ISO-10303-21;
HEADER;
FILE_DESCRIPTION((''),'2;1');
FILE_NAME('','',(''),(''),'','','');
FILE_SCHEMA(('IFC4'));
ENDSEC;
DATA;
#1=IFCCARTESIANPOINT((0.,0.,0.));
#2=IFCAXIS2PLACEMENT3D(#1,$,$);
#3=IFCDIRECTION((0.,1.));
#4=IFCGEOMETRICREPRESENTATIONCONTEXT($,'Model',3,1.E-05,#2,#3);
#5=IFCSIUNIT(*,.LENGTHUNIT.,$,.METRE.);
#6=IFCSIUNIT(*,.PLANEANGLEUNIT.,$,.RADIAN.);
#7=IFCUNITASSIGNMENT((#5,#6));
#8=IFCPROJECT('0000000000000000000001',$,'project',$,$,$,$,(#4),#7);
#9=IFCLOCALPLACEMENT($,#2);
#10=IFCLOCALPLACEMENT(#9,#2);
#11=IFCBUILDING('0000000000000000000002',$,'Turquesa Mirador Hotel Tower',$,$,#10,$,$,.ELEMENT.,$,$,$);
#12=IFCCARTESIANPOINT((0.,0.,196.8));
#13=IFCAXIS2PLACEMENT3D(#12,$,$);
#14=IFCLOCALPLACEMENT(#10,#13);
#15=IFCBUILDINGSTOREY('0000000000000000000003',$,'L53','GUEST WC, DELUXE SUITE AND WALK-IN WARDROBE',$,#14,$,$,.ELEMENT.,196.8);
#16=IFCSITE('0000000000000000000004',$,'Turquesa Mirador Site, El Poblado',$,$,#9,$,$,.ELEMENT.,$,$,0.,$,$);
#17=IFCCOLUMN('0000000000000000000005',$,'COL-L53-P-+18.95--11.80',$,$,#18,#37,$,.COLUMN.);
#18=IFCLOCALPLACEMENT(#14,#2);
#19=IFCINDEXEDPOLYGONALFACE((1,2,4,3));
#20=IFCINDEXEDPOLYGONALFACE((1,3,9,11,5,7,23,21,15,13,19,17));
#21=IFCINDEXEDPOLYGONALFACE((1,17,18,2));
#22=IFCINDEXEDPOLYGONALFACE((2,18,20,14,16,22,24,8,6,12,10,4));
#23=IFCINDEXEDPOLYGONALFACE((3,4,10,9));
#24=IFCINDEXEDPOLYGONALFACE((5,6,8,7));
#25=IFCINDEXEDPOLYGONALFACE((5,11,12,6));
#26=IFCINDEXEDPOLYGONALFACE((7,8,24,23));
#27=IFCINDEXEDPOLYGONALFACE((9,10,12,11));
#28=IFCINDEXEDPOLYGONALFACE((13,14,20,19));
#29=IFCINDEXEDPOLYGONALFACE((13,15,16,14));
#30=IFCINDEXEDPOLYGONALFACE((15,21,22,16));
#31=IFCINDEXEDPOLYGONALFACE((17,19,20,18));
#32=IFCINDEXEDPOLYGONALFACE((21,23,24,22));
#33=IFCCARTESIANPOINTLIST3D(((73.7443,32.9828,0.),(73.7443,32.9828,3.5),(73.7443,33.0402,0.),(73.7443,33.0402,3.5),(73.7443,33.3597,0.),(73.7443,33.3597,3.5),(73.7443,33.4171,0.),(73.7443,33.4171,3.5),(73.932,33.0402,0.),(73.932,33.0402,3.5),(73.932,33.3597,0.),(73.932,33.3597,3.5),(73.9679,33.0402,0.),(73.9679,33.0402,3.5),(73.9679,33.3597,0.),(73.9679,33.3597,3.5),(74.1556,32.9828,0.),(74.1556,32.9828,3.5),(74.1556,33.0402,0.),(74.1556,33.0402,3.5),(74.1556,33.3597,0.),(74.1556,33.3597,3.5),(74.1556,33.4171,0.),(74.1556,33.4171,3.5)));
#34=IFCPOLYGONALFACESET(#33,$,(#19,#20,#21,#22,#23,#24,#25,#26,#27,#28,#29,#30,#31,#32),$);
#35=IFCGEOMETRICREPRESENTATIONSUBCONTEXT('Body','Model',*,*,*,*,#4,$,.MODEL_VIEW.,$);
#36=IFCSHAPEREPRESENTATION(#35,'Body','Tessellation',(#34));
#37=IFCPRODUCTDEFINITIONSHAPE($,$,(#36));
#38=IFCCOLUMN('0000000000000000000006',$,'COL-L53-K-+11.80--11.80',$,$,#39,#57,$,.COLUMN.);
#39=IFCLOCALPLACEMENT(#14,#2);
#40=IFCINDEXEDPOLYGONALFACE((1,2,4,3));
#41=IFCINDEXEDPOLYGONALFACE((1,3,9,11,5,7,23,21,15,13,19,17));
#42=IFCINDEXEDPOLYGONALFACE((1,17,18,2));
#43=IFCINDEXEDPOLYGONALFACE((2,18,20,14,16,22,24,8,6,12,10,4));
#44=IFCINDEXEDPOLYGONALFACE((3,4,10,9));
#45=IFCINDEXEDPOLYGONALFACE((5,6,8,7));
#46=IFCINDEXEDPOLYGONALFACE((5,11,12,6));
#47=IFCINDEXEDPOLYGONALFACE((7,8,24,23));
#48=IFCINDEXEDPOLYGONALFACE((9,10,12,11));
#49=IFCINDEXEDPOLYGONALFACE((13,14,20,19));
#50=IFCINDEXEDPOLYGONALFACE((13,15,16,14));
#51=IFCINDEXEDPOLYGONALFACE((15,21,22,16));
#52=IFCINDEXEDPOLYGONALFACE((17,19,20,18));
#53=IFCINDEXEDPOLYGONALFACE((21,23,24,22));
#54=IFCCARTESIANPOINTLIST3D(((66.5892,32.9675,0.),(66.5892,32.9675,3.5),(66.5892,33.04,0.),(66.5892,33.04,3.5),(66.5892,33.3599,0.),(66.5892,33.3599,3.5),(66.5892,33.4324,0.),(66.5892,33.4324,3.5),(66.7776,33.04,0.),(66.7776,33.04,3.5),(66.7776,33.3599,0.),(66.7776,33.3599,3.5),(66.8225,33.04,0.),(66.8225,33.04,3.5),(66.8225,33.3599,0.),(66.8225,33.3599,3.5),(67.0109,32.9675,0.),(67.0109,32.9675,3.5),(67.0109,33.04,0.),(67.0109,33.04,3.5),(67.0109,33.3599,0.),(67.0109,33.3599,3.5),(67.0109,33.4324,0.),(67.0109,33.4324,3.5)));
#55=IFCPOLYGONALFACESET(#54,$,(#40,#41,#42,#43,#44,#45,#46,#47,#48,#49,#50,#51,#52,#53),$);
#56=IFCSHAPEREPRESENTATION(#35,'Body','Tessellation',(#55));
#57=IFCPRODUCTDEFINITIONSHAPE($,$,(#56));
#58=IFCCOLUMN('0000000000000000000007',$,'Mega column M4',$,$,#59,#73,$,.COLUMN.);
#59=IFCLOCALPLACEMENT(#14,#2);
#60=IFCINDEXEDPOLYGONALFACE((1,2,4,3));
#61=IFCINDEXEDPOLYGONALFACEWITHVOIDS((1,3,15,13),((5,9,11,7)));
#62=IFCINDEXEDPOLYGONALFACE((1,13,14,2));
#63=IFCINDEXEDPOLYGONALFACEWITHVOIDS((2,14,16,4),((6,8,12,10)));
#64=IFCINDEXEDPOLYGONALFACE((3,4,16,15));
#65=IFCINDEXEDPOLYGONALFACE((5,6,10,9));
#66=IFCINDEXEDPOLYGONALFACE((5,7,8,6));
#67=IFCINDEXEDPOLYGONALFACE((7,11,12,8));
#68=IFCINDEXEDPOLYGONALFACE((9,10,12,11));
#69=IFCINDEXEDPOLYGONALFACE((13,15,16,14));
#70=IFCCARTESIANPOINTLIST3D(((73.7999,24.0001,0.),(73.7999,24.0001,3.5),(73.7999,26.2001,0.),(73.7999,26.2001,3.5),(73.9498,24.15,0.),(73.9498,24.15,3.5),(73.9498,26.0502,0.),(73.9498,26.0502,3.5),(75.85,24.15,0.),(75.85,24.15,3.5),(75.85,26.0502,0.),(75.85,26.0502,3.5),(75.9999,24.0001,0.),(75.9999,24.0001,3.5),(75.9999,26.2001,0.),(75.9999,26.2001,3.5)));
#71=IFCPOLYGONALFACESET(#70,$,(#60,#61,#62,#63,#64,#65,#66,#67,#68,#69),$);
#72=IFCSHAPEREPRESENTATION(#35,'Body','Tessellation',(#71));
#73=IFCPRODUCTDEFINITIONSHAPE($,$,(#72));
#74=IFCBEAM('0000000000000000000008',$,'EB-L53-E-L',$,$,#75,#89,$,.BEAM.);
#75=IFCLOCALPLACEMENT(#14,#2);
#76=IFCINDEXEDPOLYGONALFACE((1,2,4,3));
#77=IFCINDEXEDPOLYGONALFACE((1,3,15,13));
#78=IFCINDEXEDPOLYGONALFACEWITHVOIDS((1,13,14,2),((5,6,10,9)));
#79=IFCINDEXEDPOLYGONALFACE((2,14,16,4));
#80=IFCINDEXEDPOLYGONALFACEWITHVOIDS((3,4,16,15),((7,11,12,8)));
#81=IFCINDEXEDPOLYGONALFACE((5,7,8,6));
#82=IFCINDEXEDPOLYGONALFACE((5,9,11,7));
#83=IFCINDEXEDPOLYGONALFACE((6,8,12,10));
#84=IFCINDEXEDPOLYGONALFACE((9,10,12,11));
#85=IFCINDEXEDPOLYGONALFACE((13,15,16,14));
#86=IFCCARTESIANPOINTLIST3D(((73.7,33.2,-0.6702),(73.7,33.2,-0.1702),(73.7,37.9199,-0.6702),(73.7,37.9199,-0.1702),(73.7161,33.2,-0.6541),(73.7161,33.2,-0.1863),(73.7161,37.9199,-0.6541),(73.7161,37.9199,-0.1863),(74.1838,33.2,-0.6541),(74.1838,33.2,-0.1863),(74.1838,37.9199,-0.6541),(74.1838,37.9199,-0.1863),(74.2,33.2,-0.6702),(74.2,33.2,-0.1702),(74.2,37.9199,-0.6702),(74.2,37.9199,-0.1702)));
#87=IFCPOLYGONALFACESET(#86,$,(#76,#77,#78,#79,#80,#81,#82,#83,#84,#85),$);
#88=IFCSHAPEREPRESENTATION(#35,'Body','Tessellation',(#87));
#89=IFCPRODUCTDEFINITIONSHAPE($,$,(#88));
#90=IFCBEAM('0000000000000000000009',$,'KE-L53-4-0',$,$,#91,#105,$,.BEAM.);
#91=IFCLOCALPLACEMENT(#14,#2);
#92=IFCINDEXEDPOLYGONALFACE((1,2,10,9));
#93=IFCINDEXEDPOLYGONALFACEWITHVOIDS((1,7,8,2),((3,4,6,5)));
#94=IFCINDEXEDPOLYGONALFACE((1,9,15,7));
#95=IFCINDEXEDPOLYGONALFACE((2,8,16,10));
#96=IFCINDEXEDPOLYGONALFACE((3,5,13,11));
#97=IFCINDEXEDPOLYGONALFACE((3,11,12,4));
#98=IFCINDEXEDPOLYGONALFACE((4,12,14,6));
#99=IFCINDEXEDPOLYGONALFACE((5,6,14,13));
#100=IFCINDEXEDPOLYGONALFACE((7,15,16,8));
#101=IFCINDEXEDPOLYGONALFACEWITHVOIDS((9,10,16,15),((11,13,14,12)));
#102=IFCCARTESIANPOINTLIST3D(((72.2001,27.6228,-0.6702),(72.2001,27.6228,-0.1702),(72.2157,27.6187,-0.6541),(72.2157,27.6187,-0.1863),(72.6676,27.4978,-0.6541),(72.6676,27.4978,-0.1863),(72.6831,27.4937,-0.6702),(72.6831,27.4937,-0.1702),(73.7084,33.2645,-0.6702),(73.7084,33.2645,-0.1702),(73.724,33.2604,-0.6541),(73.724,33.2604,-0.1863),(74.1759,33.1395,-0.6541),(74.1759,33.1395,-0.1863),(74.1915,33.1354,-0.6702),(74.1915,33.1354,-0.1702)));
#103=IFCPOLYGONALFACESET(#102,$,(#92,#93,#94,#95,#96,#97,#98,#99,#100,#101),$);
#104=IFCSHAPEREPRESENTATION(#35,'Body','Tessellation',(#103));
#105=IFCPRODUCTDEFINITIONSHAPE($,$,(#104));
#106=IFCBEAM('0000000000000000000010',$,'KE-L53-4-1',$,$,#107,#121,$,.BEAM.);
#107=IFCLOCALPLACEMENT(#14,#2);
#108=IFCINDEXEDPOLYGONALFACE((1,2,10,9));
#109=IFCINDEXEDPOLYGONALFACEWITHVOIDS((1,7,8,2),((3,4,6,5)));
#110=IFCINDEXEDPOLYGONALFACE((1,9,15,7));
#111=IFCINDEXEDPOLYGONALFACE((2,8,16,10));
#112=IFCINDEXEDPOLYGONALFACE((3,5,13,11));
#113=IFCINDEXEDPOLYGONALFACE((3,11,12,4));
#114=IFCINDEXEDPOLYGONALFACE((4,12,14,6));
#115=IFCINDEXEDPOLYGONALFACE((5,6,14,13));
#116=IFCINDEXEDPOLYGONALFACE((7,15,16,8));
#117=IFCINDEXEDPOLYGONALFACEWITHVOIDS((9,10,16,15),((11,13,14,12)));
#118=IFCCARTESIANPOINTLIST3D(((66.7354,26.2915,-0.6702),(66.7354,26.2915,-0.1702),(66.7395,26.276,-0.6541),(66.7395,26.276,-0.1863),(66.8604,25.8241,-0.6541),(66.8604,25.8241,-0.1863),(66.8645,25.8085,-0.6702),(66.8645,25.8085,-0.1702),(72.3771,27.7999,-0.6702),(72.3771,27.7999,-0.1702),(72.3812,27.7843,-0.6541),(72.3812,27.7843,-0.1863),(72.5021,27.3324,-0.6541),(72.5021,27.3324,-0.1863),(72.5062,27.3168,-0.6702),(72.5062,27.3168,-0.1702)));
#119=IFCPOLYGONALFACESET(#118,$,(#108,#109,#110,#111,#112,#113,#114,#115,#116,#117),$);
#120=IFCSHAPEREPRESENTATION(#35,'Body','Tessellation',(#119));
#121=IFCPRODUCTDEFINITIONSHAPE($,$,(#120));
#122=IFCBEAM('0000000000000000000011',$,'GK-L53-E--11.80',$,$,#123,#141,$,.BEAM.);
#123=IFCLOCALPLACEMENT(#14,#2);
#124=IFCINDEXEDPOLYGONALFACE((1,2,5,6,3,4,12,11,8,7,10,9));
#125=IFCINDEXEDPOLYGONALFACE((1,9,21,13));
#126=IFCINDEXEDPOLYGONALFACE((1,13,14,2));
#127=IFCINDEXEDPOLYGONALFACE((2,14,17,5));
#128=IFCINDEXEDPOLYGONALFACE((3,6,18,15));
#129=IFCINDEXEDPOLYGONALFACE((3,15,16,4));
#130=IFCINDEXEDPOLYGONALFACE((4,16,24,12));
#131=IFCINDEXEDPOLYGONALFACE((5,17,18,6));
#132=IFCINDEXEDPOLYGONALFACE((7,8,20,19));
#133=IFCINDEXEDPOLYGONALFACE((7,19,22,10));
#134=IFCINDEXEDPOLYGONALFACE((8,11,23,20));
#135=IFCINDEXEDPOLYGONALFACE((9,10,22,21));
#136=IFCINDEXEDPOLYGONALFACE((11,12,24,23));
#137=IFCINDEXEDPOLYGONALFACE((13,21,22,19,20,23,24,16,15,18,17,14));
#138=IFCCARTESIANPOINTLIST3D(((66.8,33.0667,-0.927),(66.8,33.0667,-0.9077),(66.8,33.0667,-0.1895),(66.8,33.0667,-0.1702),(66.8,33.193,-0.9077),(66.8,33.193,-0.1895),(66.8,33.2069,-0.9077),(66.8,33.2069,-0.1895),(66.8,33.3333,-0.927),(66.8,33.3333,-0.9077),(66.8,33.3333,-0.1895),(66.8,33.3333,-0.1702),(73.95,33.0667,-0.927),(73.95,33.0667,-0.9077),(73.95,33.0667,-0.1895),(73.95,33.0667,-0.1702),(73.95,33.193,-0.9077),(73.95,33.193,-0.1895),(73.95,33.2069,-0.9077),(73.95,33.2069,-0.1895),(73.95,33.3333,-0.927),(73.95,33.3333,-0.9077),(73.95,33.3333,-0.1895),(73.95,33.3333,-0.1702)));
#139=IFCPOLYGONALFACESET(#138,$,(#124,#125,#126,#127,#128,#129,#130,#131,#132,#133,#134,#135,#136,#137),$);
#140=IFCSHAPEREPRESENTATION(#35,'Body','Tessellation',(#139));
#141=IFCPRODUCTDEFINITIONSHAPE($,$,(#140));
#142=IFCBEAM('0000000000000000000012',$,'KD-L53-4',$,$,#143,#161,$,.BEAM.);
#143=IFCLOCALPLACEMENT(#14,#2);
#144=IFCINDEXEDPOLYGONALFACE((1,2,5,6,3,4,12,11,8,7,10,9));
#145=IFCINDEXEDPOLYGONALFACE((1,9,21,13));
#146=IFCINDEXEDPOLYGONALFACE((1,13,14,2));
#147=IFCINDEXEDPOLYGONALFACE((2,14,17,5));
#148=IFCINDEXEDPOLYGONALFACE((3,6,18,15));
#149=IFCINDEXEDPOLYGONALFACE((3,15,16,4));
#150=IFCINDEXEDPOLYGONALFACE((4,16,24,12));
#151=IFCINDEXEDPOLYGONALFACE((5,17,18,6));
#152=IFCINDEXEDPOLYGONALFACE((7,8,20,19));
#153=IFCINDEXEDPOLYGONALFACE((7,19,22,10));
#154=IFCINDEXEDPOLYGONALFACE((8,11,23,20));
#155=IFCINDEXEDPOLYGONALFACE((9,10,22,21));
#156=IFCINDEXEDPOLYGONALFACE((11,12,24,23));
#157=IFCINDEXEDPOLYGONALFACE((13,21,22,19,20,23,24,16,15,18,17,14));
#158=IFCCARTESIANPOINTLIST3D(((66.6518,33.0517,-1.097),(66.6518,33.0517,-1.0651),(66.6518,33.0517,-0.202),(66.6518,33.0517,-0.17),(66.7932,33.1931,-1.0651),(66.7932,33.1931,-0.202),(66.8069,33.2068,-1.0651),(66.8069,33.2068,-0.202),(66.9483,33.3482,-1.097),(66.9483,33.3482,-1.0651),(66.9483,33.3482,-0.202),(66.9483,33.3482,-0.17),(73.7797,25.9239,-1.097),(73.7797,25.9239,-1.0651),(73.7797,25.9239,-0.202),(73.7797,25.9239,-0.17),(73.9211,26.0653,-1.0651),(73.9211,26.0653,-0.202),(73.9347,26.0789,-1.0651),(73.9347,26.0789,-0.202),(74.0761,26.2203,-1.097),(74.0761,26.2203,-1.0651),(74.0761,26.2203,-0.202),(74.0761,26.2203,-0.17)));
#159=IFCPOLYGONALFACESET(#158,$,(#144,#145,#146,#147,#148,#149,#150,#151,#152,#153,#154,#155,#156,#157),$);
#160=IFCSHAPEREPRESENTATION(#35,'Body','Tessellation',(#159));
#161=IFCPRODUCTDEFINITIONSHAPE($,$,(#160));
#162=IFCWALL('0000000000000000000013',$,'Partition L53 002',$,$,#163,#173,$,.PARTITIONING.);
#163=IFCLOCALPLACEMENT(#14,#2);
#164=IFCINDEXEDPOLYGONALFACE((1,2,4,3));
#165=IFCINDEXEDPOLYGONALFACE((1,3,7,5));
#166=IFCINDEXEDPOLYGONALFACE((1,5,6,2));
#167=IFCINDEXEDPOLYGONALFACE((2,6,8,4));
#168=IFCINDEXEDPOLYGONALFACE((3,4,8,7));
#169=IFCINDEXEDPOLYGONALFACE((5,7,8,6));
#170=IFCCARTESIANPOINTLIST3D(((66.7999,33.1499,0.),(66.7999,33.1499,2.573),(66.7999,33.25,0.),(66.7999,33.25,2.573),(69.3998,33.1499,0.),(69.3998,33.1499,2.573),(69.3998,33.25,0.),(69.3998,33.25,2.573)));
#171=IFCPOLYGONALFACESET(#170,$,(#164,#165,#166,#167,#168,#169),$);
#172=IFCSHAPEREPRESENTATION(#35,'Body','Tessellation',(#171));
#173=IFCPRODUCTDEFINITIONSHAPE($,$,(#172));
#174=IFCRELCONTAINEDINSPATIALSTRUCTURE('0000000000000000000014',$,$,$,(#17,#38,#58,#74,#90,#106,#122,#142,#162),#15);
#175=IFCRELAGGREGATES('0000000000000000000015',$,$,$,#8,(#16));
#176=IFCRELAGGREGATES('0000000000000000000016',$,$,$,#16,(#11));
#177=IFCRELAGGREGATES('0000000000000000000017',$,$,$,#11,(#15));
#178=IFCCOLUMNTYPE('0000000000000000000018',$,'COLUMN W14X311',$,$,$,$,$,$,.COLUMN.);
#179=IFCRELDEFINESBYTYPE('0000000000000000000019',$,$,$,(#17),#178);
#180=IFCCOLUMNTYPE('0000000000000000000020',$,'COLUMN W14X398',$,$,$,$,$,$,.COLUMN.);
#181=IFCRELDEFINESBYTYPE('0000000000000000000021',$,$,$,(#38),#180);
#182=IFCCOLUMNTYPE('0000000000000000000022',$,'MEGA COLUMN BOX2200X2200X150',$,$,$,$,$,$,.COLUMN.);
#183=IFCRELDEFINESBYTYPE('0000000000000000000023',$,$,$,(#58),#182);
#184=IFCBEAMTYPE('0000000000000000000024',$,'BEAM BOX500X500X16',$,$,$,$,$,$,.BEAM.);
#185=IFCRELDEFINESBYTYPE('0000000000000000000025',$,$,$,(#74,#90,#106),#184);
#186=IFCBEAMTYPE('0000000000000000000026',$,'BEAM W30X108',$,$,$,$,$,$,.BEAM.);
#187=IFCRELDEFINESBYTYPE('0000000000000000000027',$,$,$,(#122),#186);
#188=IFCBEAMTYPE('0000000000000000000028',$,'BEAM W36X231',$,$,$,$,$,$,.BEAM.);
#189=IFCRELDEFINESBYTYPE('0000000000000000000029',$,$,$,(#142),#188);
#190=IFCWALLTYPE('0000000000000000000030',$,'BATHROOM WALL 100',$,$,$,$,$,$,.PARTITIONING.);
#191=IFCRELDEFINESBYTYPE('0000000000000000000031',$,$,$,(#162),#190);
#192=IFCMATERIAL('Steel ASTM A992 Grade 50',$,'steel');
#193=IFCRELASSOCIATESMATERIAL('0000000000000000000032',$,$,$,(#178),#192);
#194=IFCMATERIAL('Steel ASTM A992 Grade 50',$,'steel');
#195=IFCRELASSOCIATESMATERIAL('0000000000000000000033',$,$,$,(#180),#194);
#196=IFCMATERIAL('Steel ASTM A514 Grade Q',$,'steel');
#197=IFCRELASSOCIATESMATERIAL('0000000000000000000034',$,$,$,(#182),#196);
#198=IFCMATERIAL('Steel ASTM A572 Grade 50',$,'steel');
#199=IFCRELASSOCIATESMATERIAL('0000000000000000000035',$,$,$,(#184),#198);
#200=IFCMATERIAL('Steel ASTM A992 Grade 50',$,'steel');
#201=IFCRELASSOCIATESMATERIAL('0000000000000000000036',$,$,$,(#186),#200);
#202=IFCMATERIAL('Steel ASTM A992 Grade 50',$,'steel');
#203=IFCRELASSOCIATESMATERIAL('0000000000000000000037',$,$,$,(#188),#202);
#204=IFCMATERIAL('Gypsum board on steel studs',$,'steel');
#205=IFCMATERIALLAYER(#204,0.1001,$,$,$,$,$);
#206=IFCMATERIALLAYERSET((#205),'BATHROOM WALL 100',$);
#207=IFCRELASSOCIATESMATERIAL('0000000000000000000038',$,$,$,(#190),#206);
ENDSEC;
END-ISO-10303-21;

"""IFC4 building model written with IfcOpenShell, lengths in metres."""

from ifc_helpers import new_model, si_unit, direction, frame, frame_2d, origin, origin_2d, place, context, subcontext, project, spatial, rectangle, hollow_rectangle, i_section, extrude, material, layer, layer_set, material_profile, profile_set, type_object, element, save


model = new_model("IFC4")

# Units and contexts
model_context = context("Model", 3, precision=1e-05, world=origin(), true_north=direction((0.0, 1.0)))
body_context = subcontext(model_context, "Body", "Model", "MODEL_VIEW")
ifc_project = project(units=[si_unit("LENGTHUNIT", "METRE"), si_unit("PLANEANGLEUNIT", "RADIAN")], contexts=[model_context])

# Site, building, storey
site_placement = place(None, origin())
site = spatial("IfcSite", under=ifc_project, at=site_placement, Name="Turquesa Mirador Site, El Poblado", CompositionType="ELEMENT", RefElevation=0.0)
building_placement = place(site_placement, origin())
building = spatial("IfcBuilding", under=site, at=building_placement, Name="Turquesa Mirador Hotel Tower", CompositionType="ELEMENT")
storey_placement = place(building_placement, frame((0.0, 0.0, 196.8)))
storey = spatial("IfcBuildingStorey", under=building, at=storey_placement, Name="L53", Description="GUEST WC, DELUXE SUITE AND WALK-IN WARDROBE", CompositionType="ELEMENT", Elevation=196.8)

# Columns
ifc_material_1 = material(Name="Steel ASTM A992 Grade 50", Category="steel")
ifc_material_profile_1 = material_profile(ifc_material_1, i_section(OverallWidth=0.4114, OverallDepth=0.4343, WebThickness=0.0359, FlangeThickness=0.0574, at=origin_2d()), Name="W14X311")
ifc_profile_set_1 = profile_set([ifc_material_profile_1], Name="Steel ASTM A992 Grade 50")
column_type_1 = type_object("IfcColumnType", Name="COLUMN W14X311", PredefinedType="COLUMN", material=ifc_profile_set_1)
column_1_placement = place(storey_placement, frame((73.95, 33.2, 0.0), z_axis=(0.0, 0.0, 1.0), x_axis=(1.0, 0.0, 0.0)))
element("IfcColumn", 1, at=column_1_placement, inside=storey, type_object=column_type_1, Name="COL-L53-P-+18.95--11.80", PredefinedType="COLUMN", context=body_context, shape_type="SweptSolid", body=[
    extrude(i_section(OverallWidth=0.4114, OverallDepth=0.4343, WebThickness=0.0359, FlangeThickness=0.0574, at=origin_2d()), origin(), (0.0, 0.0, 1.0), 3.5),
])
ifc_material_2 = material(Name="Steel ASTM A992 Grade 50", Category="steel")
ifc_material_profile_2 = material_profile(ifc_material_2, i_section(OverallWidth=0.4216, OverallDepth=0.4648, WebThickness=0.0449, FlangeThickness=0.0725, at=origin_2d()), Name="W14X398")
ifc_profile_set_2 = profile_set([ifc_material_profile_2], Name="Steel ASTM A992 Grade 50")
column_type_2 = type_object("IfcColumnType", Name="COLUMN W14X398", PredefinedType="COLUMN", material=ifc_profile_set_2)
column_2_placement = place(storey_placement, frame((66.8, 33.2, 0.0), z_axis=(0.0, 0.0, 1.0), x_axis=(1.0, 0.0, 0.0)))
element("IfcColumn", 2, at=column_2_placement, inside=storey, type_object=column_type_2, Name="COL-L53-K-+11.80--11.80", PredefinedType="COLUMN", context=body_context, shape_type="SweptSolid", body=[
    extrude(i_section(OverallWidth=0.4216, OverallDepth=0.4648, WebThickness=0.0449, FlangeThickness=0.0725, at=origin_2d()), origin(), (0.0, 0.0, 1.0), 3.5),
])
ifc_material_3 = material(Name="Steel ASTM A514 Grade Q", Category="steel")
ifc_material_profile_3 = material_profile(ifc_material_3, hollow_rectangle(XDim=2.2, YDim=2.2, WallThickness=0.1499, at=origin_2d()), Name="BOX2200X2200X150")
ifc_profile_set_3 = profile_set([ifc_material_profile_3], Name="Steel ASTM A514 Grade Q")
column_type_3 = type_object("IfcColumnType", Name="MEGA COLUMN BOX2200X2200X150", PredefinedType="COLUMN", material=ifc_profile_set_3)
column_3_placement = place(storey_placement, frame((74.8999, 25.1001, 0.0), z_axis=(0.0, 0.0, 1.0), x_axis=(1.0, 0.0, 0.0)))
element("IfcColumn", 3, at=column_3_placement, inside=storey, type_object=column_type_3, Name="Mega column M4", PredefinedType="COLUMN", context=body_context, shape_type="SweptSolid", body=[
    extrude(hollow_rectangle(XDim=2.2, YDim=2.2, WallThickness=0.1499, at=origin_2d()), origin(), (0.0, 0.0, 1.0), 3.5),
])

# Beams
ifc_material_4 = material(Name="Steel ASTM A572 Grade 50", Category="steel")
ifc_material_profile_4 = material_profile(ifc_material_4, hollow_rectangle(XDim=0.5, YDim=0.5, WallThickness=0.0161, at=origin_2d()), Name="BOX500X500X16")
ifc_profile_set_4 = profile_set([ifc_material_profile_4], Name="Steel ASTM A572 Grade 50")
beam_type_1 = type_object("IfcBeamType", Name="BEAM BOX500X500X16", PredefinedType="BEAM", material=ifc_profile_set_4)
beam_1_placement = place(storey_placement, frame((73.95, 33.2, -0.4202), z_axis=(0.0, 1.0, 0.0), x_axis=(-1.0, 0.0, 0.0)))
element("IfcBeam", 4, at=beam_1_placement, inside=storey, type_object=beam_type_1, Name="EB-L53-E-L", PredefinedType="BEAM", context=body_context, shape_type="SweptSolid", body=[
    extrude(hollow_rectangle(XDim=0.5, YDim=0.5, WallThickness=0.0161, at=origin_2d()), origin(), (0.0, 0.0, 1.0), 4.72),
])
for number, where, z_axis, x_axis, name in (
    (5, (73.95, 33.2, -0.4202), (-0.258282, -0.96607, 0.0), (0.96607, -0.258282, 0.0), "KE-L53-4-0"),
    (6, (72.4417, 27.5583, -0.4202), (-0.96607, -0.258282, 0.0), (0.258282, -0.96607, 0.0), "KE-L53-4-1"),
):
    element("IfcBeam", number, at=place(storey_placement, frame(where, z_axis=z_axis, x_axis=x_axis)), inside=storey, type_object=beam_type_1, Name=name, PredefinedType="BEAM", context=body_context, shape_type="SweptSolid", body=[
        extrude(hollow_rectangle(XDim=0.5, YDim=0.5, WallThickness=0.0161, at=origin_2d()), origin(), (0.0, 0.0, 1.0), 5.8398),
    ])
ifc_material_5 = material(Name="Steel ASTM A992 Grade 50", Category="steel")
ifc_material_profile_5 = material_profile(ifc_material_5, i_section(OverallWidth=0.2666, OverallDepth=0.7568, WebThickness=0.0139, FlangeThickness=0.0193, at=origin_2d()), Name="W30X108")
ifc_profile_set_5 = profile_set([ifc_material_profile_5], Name="Steel ASTM A992 Grade 50")
beam_type_2 = type_object("IfcBeamType", Name="BEAM W30X108", PredefinedType="BEAM", material=ifc_profile_set_5)
beam_2_placement = place(storey_placement, frame((73.95, 33.2, -0.5486), z_axis=(-1.0, 0.0, 0.0), x_axis=(0.0, -1.0, 0.0)))
element("IfcBeam", 7, at=beam_2_placement, inside=storey, type_object=beam_type_2, Name="GK-L53-E--11.80", PredefinedType="BEAM", context=body_context, shape_type="SweptSolid", body=[
    extrude(i_section(OverallWidth=0.2666, OverallDepth=0.7568, WebThickness=0.0139, FlangeThickness=0.0193, at=origin_2d()), origin(), (0.0, 0.0, 1.0), 7.1499),
])
ifc_material_6 = material(Name="Steel ASTM A992 Grade 50", Category="steel")
ifc_material_profile_6 = material_profile(ifc_material_6, i_section(OverallWidth=0.4192, OverallDepth=0.927, WebThickness=0.0193, FlangeThickness=0.032, at=origin_2d()), Name="W36X231")
ifc_profile_set_6 = profile_set([ifc_material_profile_6], Name="Steel ASTM A992 Grade 50")
beam_type_3 = type_object("IfcBeamType", Name="BEAM W36X231", PredefinedType="BEAM", material=ifc_profile_set_6)
beam_3_placement = place(storey_placement, frame((66.8, 33.2, -0.6335), z_axis=(0.707107, -0.707107, 0.0), x_axis=(0.707107, 0.707107, 0.0)))
element("IfcBeam", 8, at=beam_3_placement, inside=storey, type_object=beam_type_3, Name="KD-L53-4", PredefinedType="BEAM", context=body_context, shape_type="SweptSolid", body=[
    extrude(i_section(OverallWidth=0.4192, OverallDepth=0.927, WebThickness=0.0193, FlangeThickness=0.032, at=origin_2d()), origin(), (0.0, 0.0, 1.0), 10.0803),
])

# Wall
ifc_material_7 = material(Name="Gypsum board on steel studs", Category="steel")
ifc_layer_1 = layer(ifc_material_7, 0.1001)
ifc_layer_set_1 = layer_set([ifc_layer_1], Name="BATHROOM WALL 100")
wall_type_1 = type_object("IfcWallType", Name="BATHROOM WALL 100", PredefinedType="PARTITIONING", material=ifc_layer_set_1)
wall_1_placement = place(storey_placement, frame((66.8, 33.2, 0.0), z_axis=(0.0, 0.0, 1.0), x_axis=(1.0, 0.0, 0.0)))
element("IfcWall", 9, at=wall_1_placement, inside=storey, type_object=wall_type_1, Name="Partition L53 002", PredefinedType="PARTITIONING", context=body_context, shape_type="SweptSolid", body=[
    extrude(rectangle(XDim=2.5999, YDim=0.1001, at=frame_2d((1.2998, 0.0))), origin(), (0.0, 0.0, 1.0), 2.573),
])

save(model, "model.ifc")
